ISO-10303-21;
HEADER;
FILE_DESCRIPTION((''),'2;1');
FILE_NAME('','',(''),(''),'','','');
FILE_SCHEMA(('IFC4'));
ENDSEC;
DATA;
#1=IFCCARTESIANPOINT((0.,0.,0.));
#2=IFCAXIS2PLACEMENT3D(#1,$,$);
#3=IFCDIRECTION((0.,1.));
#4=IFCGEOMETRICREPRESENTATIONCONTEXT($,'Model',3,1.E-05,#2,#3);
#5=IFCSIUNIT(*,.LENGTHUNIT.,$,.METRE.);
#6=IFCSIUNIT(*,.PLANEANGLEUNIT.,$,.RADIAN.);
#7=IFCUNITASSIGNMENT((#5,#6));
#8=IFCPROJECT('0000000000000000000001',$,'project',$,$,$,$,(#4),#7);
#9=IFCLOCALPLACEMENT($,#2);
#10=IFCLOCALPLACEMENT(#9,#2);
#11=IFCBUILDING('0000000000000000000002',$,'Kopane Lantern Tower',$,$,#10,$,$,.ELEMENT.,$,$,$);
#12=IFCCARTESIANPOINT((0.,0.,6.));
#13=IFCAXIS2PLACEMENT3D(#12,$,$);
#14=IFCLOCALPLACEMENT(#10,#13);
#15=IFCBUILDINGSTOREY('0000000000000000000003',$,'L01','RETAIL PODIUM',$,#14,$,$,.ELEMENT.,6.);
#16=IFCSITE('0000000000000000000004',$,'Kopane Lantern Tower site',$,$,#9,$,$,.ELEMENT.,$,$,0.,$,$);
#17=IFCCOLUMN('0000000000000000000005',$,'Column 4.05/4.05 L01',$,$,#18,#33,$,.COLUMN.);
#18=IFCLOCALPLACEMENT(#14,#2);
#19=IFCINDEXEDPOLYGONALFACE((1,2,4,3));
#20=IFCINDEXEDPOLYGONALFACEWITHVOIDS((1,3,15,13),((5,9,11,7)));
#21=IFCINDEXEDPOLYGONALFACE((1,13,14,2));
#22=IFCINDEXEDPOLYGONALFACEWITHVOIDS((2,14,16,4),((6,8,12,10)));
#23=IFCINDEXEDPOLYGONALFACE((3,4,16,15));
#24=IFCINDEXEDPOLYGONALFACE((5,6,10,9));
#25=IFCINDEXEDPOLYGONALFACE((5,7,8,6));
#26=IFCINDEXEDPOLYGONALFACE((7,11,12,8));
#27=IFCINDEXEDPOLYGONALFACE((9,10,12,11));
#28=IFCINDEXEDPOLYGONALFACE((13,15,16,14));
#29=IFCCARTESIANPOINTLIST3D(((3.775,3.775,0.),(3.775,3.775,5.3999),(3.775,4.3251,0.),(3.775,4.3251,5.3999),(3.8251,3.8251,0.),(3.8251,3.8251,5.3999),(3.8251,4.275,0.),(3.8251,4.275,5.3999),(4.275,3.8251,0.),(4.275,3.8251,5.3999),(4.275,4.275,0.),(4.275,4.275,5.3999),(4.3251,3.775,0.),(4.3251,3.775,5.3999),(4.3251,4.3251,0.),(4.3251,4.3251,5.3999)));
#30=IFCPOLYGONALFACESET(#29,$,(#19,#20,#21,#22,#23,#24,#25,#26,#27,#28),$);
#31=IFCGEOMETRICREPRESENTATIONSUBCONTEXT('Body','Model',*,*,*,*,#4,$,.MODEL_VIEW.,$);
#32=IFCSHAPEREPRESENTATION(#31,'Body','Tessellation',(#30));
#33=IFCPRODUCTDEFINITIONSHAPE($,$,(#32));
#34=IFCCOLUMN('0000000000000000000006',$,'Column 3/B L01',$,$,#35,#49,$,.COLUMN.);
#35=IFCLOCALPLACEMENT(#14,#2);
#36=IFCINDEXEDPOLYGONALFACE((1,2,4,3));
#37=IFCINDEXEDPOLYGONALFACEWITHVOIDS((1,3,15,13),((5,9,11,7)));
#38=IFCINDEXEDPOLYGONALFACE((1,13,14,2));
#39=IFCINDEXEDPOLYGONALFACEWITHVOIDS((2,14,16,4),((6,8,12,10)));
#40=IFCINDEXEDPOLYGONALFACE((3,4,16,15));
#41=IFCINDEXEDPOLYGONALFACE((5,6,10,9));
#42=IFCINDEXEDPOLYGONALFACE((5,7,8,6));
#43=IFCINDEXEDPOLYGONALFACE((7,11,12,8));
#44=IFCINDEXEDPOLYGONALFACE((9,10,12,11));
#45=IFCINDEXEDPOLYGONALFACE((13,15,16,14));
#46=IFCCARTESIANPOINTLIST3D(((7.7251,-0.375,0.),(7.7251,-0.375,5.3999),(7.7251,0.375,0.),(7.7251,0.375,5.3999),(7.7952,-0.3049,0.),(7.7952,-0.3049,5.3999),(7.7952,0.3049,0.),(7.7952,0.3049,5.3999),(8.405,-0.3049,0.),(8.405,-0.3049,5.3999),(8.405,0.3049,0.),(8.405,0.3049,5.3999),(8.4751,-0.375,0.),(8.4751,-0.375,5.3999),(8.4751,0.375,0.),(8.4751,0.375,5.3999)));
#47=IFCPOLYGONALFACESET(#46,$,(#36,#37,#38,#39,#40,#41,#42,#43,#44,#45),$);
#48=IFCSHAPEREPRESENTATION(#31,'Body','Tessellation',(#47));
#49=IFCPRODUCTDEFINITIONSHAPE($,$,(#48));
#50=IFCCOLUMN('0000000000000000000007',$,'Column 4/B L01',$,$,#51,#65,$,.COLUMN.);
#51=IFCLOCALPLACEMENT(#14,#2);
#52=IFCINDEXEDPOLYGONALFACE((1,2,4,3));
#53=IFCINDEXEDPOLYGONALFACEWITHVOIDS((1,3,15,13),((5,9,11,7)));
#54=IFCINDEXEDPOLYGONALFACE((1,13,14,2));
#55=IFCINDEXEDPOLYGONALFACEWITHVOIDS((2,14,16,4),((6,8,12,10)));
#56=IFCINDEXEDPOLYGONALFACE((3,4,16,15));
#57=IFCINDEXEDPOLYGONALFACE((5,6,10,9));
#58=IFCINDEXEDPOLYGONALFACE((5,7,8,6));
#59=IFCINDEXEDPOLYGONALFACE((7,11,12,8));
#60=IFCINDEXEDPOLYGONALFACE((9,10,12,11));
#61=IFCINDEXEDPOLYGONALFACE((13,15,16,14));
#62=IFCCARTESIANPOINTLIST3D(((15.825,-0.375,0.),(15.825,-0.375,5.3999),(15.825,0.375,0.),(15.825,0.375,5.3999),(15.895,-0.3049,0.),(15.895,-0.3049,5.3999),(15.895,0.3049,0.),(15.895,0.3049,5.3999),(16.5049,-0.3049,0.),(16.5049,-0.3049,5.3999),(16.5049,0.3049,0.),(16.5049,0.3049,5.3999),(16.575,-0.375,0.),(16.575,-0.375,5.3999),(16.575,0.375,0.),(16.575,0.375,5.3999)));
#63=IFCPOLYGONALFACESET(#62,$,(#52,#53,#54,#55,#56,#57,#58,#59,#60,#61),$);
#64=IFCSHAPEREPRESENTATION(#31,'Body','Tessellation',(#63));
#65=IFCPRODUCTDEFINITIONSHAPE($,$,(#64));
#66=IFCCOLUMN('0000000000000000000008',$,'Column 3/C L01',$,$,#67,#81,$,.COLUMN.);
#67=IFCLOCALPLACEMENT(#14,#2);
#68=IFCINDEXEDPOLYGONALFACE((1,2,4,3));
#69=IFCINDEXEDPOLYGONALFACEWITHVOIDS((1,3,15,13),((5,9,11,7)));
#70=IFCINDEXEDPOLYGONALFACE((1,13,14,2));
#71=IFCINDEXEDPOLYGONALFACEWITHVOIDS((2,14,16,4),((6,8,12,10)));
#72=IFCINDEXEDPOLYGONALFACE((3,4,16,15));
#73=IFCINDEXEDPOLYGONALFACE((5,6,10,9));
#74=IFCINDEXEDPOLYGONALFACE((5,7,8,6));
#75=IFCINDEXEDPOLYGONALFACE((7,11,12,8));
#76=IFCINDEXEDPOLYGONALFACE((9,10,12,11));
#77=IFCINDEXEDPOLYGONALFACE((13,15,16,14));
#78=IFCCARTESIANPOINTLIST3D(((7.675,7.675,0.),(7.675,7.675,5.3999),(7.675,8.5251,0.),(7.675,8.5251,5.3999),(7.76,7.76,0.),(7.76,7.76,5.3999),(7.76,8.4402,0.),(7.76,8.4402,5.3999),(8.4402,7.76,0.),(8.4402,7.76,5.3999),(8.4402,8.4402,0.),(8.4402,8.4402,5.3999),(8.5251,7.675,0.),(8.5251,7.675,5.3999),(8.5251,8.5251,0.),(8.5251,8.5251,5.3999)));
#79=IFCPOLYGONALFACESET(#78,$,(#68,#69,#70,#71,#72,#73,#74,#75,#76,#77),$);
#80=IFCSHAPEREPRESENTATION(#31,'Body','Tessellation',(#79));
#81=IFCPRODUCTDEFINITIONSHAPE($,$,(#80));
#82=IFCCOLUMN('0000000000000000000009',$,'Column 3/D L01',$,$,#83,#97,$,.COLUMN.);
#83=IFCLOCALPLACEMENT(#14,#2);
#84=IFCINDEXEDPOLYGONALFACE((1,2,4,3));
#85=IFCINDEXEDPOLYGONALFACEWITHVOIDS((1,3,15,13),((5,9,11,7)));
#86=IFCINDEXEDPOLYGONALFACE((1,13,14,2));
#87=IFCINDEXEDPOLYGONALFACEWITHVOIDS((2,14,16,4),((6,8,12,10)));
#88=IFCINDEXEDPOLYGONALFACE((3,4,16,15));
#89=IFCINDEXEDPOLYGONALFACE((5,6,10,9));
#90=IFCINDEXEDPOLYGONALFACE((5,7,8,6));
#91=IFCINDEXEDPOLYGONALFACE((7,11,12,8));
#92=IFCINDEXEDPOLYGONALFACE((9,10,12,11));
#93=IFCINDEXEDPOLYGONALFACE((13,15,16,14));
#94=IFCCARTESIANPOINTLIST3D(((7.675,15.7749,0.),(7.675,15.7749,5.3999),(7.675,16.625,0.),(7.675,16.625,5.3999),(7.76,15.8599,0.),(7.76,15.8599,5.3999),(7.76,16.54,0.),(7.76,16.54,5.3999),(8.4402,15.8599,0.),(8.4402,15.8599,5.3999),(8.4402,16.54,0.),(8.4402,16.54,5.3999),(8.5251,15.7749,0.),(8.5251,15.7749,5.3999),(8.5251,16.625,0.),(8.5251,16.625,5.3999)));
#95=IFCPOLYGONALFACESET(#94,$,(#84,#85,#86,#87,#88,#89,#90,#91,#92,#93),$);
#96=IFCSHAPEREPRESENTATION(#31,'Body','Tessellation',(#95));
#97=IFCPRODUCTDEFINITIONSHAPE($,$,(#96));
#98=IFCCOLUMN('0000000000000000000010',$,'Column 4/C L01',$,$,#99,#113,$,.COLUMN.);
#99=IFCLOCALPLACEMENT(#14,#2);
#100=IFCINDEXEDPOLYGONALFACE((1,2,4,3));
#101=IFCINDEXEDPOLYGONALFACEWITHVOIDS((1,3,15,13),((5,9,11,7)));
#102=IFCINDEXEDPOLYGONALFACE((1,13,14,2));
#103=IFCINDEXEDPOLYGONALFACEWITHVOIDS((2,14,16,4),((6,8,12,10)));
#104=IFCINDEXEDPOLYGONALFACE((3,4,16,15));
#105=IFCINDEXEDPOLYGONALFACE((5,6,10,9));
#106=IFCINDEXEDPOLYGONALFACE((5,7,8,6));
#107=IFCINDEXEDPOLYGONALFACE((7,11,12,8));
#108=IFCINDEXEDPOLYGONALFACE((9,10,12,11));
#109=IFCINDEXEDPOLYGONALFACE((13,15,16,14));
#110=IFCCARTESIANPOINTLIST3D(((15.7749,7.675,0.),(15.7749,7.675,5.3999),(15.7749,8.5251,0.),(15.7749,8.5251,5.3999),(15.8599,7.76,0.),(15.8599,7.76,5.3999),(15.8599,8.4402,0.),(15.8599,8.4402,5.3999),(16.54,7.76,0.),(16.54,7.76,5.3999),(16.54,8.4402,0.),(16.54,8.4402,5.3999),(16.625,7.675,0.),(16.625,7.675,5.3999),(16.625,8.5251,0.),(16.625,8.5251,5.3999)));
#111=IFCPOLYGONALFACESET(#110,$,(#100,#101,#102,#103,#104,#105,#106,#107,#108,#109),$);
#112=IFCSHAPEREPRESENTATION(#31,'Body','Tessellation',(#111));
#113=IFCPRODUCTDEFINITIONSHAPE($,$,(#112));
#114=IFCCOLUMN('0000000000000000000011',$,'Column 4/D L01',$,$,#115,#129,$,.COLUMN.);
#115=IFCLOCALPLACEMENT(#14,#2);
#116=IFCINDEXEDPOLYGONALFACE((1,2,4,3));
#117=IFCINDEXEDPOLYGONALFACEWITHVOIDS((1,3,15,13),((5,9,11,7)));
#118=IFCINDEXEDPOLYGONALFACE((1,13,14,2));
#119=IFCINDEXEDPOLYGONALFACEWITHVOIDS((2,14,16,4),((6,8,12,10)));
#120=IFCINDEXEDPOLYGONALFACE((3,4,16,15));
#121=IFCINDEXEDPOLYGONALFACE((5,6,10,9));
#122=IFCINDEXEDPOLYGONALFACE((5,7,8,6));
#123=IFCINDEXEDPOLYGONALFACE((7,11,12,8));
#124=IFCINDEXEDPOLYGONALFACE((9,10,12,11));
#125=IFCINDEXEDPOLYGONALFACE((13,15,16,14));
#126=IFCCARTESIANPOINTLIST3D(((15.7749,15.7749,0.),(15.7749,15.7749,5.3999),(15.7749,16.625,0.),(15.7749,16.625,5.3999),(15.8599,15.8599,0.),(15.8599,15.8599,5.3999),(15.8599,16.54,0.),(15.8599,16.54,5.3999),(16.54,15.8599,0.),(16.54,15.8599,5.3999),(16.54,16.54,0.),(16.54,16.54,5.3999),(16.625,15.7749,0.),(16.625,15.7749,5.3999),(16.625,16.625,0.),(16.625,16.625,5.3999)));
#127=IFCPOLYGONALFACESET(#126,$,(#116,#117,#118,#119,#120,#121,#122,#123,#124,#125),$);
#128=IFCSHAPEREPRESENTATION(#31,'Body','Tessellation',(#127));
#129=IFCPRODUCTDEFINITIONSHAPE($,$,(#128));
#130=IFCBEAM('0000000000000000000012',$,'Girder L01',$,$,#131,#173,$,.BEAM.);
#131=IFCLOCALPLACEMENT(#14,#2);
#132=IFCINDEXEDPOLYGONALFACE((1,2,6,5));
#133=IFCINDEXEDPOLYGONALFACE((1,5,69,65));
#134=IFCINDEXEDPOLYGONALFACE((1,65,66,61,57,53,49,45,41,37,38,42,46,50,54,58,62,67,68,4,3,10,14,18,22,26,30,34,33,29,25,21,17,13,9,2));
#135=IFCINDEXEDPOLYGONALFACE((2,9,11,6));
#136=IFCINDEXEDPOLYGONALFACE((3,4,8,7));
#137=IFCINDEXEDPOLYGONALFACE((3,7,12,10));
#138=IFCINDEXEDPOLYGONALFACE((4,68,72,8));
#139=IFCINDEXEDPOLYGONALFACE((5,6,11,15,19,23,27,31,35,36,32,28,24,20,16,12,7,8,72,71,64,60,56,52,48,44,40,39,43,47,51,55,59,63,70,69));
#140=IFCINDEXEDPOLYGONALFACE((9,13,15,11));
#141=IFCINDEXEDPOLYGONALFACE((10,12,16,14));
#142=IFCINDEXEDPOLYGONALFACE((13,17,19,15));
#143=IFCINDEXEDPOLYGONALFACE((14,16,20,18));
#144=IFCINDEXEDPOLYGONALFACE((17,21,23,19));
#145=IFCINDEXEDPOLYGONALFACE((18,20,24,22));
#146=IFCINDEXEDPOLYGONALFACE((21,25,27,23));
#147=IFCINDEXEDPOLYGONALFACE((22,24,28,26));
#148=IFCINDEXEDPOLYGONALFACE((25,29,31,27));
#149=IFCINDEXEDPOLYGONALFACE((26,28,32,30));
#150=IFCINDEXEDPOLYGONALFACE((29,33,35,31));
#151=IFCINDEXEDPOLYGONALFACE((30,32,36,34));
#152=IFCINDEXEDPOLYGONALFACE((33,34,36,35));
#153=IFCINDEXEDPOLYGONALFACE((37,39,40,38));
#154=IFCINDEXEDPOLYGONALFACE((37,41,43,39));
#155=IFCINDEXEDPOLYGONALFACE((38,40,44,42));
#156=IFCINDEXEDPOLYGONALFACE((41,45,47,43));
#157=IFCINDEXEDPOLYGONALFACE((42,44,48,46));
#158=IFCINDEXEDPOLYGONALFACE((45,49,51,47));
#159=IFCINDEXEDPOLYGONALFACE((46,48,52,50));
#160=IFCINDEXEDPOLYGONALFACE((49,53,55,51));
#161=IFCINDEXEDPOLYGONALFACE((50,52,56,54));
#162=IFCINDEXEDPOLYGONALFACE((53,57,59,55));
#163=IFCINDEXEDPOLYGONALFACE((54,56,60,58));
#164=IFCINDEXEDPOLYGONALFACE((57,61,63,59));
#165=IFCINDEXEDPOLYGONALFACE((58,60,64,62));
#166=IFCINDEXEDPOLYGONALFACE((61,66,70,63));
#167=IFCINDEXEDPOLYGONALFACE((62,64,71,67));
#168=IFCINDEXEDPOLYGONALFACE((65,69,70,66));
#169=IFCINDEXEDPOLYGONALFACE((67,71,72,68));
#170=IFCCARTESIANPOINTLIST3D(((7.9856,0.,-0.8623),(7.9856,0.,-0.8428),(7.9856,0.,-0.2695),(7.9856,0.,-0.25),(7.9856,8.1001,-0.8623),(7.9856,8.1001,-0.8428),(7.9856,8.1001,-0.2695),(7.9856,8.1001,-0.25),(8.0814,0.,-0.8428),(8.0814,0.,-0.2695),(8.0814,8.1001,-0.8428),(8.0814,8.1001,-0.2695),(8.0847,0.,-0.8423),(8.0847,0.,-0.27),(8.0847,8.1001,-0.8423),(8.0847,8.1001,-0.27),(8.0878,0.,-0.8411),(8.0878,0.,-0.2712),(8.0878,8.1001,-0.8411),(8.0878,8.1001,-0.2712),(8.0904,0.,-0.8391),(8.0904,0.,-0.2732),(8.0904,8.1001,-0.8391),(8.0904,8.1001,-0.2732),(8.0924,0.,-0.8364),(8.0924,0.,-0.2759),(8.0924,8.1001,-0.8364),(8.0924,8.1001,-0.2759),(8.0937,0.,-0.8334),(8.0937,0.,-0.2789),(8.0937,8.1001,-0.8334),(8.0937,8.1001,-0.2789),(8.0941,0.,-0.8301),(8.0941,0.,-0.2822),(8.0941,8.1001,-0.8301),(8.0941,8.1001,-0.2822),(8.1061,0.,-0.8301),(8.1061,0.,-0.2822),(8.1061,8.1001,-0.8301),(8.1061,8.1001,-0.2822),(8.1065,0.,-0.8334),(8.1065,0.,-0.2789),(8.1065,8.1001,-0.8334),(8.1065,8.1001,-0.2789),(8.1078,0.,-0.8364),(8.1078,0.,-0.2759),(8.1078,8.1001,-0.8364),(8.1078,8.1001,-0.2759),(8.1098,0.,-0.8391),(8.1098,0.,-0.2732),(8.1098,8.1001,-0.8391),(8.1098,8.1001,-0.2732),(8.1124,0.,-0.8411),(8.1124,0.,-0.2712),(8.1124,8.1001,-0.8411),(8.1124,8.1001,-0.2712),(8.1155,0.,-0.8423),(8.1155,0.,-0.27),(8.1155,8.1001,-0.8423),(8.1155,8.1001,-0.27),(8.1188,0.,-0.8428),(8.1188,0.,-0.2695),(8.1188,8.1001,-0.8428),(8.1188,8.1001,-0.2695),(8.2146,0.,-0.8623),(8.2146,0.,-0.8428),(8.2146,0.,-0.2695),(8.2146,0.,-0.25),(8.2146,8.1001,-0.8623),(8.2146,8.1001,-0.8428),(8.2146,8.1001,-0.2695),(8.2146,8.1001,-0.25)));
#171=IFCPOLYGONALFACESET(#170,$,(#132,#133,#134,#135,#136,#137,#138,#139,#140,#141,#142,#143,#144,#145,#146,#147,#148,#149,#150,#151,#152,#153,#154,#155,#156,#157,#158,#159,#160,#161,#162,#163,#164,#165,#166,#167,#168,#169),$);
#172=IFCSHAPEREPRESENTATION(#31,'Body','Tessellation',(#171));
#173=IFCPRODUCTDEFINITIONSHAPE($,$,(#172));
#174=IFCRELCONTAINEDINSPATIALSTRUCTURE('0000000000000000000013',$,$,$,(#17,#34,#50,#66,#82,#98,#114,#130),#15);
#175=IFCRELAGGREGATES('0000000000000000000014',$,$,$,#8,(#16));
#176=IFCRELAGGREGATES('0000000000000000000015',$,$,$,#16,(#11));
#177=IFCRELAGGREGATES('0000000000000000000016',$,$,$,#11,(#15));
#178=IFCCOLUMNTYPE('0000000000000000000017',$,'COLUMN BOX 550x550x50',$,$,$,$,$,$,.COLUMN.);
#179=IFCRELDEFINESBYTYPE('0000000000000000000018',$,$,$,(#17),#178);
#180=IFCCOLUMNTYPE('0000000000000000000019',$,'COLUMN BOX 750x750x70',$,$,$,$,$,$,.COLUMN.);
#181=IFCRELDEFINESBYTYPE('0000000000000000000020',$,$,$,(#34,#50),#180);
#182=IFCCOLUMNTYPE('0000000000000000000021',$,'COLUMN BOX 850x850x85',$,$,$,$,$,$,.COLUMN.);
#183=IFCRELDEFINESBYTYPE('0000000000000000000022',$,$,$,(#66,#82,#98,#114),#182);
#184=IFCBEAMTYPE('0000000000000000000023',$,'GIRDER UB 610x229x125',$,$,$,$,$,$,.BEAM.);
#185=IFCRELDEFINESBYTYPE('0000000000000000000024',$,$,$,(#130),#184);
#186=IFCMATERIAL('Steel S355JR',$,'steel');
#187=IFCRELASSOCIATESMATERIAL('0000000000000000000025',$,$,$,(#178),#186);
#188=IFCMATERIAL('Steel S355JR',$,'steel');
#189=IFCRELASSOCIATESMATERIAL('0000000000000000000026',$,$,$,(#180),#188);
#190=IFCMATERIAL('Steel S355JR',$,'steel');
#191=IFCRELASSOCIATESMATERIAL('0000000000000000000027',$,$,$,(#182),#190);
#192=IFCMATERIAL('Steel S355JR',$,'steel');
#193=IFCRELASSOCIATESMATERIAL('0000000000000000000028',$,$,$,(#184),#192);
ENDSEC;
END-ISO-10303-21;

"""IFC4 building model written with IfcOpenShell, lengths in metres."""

from ifc_helpers import new_model, si_unit, direction, frame, origin, origin_2d, place, context, subcontext, project, spatial, hollow_rectangle, i_section, extrude, material, material_profile, profile_set, type_object, element, save


model = new_model("IFC4")

# Units and contexts
model_context = context("Model", 3, precision=1e-05, world=origin(), true_north=direction((0.0, 1.0)))
body_context = subcontext(model_context, "Body", "Model", "MODEL_VIEW")
ifc_project = project(units=[si_unit("LENGTHUNIT", "METRE"), si_unit("PLANEANGLEUNIT", "RADIAN")], contexts=[model_context])

# Site, building, storey
site_placement = place(None, origin())
site = spatial("IfcSite", under=ifc_project, at=site_placement, Name="Kopane Lantern Tower site", CompositionType="ELEMENT", RefElevation=0.0)
building_placement = place(site_placement, origin())
building = spatial("IfcBuilding", under=site, at=building_placement, Name="Kopane Lantern Tower", CompositionType="ELEMENT")
storey_placement = place(building_placement, frame((0.0, 0.0, 6.0)))
storey = spatial("IfcBuildingStorey", under=building, at=storey_placement, Name="L01", Description="RETAIL PODIUM", CompositionType="ELEMENT", Elevation=6.0)

# Columns
ifc_material_1 = material(Name="Steel S355JR", Category="steel")
ifc_material_profile_1 = material_profile(ifc_material_1, hollow_rectangle(XDim=0.55, YDim=0.55, WallThickness=0.05, at=origin_2d()), Name="BOX 550x550x50")
ifc_profile_set_1 = profile_set([ifc_material_profile_1], Name="Steel S355JR")
column_type_1 = type_object("IfcColumnType", Name="COLUMN BOX 550x550x50", PredefinedType="COLUMN", material=ifc_profile_set_1)
column_placement = place(storey_placement, frame((4.05, 4.05, 0.0), z_axis=(0.0, 0.0, 1.0), x_axis=(1.0, 0.0, 0.0)))
element("IfcColumn", 1, at=column_placement, inside=storey, type_object=column_type_1, Name="Column 4.05/4.05 L01", PredefinedType="COLUMN", context=body_context, shape_type="SweptSolid", body=[
    extrude(hollow_rectangle(XDim=0.55, YDim=0.55, WallThickness=0.05, at=origin_2d()), origin(), (0.0, 0.0, 1.0), 5.3999),
])
ifc_material_2 = material(Name="Steel S355JR", Category="steel")
ifc_material_profile_2 = material_profile(ifc_material_2, hollow_rectangle(XDim=0.75, YDim=0.75, WallThickness=0.0701, at=origin_2d()), Name="BOX 750x750x70")
ifc_profile_set_2 = profile_set([ifc_material_profile_2], Name="Steel S355JR")
column_type_2 = type_object("IfcColumnType", Name="COLUMN BOX 750x750x70", PredefinedType="COLUMN", material=ifc_profile_set_2)
for number, where, z_axis, x_axis, name in (
    (2, (8.1001, 0.0, 0.0), (0.0, 0.0, 1.0), (1.0, 0.0, 0.0), "Column 3/B L01"),
    (3, (16.2, 0.0, 0.0), (0.0, 0.0, 1.0), (1.0, 0.0, 0.0), "Column 4/B L01"),
):
    element("IfcColumn", number, at=place(storey_placement, frame(where, z_axis=z_axis, x_axis=x_axis)), inside=storey, type_object=column_type_2, Name=name, PredefinedType="COLUMN", context=body_context, shape_type="SweptSolid", body=[
        extrude(hollow_rectangle(XDim=0.75, YDim=0.75, WallThickness=0.0701, at=origin_2d()), origin(), (0.0, 0.0, 1.0), 5.3999),
    ])
ifc_material_3 = material(Name="Steel S355JR", Category="steel")
ifc_material_profile_3 = material_profile(ifc_material_3, hollow_rectangle(XDim=0.8501, YDim=0.8501, WallThickness=0.085, at=origin_2d()), Name="BOX 850x850x85")
ifc_profile_set_3 = profile_set([ifc_material_profile_3], Name="Steel S355JR")
column_type_3 = type_object("IfcColumnType", Name="COLUMN BOX 850x850x85", PredefinedType="COLUMN", material=ifc_profile_set_3)
for number, where, z_axis, x_axis, name in (
    (4, (8.1001, 8.1001, 0.0), (0.0, 0.0, 1.0), (1.0, 0.0, 0.0), "Column 3/C L01"),
    (5, (8.1001, 16.2, 0.0), (0.0, 0.0, 1.0), (1.0, 0.0, 0.0), "Column 3/D L01"),
    (6, (16.2, 8.1001, 0.0), (0.0, 0.0, 1.0), (1.0, 0.0, 0.0), "Column 4/C L01"),
    (7, (16.2, 16.2, 0.0), (0.0, 0.0, 1.0), (1.0, 0.0, 0.0), "Column 4/D L01"),
):
    element("IfcColumn", number, at=place(storey_placement, frame(where, z_axis=z_axis, x_axis=x_axis)), inside=storey, type_object=column_type_3, Name=name, PredefinedType="COLUMN", context=body_context, shape_type="SweptSolid", body=[
        extrude(hollow_rectangle(XDim=0.8501, YDim=0.8501, WallThickness=0.085, at=origin_2d()), origin(), (0.0, 0.0, 1.0), 5.3999),
    ])

# Beam
ifc_material_4 = material(Name="Steel S355JR", Category="steel")
ifc_material_profile_4 = material_profile(ifc_material_4, i_section(OverallWidth=0.229, OverallDepth=0.6123, WebThickness=0.012, FlangeThickness=0.0195, FilletRadius=0.0127, at=origin_2d()), Name="UB 610x229x125")
ifc_profile_set_4 = profile_set([ifc_material_profile_4], Name="Steel S355JR")
beam_type = type_object("IfcBeamType", Name="GIRDER UB 610x229x125", PredefinedType="BEAM", material=ifc_profile_set_4)
beam_1_placement = place(storey_placement, frame((8.1001, 0.0, -0.5562), z_axis=(0.0, 1.0, 0.0), x_axis=(-1.0, 0.0, 0.0)))
element("IfcBeam", 8, at=beam_1_placement, inside=storey, type_object=beam_type, Name="Girder L01", PredefinedType="BEAM", context=body_context, shape_type="SweptSolid", body=[
    extrude(i_section(OverallWidth=0.229, OverallDepth=0.6123, WebThickness=0.012, FlangeThickness=0.0195, FilletRadius=0.0127, at=origin_2d()), origin(), (0.0, 0.0, 1.0), 8.1001),
])

save(model, "model.ifc")
